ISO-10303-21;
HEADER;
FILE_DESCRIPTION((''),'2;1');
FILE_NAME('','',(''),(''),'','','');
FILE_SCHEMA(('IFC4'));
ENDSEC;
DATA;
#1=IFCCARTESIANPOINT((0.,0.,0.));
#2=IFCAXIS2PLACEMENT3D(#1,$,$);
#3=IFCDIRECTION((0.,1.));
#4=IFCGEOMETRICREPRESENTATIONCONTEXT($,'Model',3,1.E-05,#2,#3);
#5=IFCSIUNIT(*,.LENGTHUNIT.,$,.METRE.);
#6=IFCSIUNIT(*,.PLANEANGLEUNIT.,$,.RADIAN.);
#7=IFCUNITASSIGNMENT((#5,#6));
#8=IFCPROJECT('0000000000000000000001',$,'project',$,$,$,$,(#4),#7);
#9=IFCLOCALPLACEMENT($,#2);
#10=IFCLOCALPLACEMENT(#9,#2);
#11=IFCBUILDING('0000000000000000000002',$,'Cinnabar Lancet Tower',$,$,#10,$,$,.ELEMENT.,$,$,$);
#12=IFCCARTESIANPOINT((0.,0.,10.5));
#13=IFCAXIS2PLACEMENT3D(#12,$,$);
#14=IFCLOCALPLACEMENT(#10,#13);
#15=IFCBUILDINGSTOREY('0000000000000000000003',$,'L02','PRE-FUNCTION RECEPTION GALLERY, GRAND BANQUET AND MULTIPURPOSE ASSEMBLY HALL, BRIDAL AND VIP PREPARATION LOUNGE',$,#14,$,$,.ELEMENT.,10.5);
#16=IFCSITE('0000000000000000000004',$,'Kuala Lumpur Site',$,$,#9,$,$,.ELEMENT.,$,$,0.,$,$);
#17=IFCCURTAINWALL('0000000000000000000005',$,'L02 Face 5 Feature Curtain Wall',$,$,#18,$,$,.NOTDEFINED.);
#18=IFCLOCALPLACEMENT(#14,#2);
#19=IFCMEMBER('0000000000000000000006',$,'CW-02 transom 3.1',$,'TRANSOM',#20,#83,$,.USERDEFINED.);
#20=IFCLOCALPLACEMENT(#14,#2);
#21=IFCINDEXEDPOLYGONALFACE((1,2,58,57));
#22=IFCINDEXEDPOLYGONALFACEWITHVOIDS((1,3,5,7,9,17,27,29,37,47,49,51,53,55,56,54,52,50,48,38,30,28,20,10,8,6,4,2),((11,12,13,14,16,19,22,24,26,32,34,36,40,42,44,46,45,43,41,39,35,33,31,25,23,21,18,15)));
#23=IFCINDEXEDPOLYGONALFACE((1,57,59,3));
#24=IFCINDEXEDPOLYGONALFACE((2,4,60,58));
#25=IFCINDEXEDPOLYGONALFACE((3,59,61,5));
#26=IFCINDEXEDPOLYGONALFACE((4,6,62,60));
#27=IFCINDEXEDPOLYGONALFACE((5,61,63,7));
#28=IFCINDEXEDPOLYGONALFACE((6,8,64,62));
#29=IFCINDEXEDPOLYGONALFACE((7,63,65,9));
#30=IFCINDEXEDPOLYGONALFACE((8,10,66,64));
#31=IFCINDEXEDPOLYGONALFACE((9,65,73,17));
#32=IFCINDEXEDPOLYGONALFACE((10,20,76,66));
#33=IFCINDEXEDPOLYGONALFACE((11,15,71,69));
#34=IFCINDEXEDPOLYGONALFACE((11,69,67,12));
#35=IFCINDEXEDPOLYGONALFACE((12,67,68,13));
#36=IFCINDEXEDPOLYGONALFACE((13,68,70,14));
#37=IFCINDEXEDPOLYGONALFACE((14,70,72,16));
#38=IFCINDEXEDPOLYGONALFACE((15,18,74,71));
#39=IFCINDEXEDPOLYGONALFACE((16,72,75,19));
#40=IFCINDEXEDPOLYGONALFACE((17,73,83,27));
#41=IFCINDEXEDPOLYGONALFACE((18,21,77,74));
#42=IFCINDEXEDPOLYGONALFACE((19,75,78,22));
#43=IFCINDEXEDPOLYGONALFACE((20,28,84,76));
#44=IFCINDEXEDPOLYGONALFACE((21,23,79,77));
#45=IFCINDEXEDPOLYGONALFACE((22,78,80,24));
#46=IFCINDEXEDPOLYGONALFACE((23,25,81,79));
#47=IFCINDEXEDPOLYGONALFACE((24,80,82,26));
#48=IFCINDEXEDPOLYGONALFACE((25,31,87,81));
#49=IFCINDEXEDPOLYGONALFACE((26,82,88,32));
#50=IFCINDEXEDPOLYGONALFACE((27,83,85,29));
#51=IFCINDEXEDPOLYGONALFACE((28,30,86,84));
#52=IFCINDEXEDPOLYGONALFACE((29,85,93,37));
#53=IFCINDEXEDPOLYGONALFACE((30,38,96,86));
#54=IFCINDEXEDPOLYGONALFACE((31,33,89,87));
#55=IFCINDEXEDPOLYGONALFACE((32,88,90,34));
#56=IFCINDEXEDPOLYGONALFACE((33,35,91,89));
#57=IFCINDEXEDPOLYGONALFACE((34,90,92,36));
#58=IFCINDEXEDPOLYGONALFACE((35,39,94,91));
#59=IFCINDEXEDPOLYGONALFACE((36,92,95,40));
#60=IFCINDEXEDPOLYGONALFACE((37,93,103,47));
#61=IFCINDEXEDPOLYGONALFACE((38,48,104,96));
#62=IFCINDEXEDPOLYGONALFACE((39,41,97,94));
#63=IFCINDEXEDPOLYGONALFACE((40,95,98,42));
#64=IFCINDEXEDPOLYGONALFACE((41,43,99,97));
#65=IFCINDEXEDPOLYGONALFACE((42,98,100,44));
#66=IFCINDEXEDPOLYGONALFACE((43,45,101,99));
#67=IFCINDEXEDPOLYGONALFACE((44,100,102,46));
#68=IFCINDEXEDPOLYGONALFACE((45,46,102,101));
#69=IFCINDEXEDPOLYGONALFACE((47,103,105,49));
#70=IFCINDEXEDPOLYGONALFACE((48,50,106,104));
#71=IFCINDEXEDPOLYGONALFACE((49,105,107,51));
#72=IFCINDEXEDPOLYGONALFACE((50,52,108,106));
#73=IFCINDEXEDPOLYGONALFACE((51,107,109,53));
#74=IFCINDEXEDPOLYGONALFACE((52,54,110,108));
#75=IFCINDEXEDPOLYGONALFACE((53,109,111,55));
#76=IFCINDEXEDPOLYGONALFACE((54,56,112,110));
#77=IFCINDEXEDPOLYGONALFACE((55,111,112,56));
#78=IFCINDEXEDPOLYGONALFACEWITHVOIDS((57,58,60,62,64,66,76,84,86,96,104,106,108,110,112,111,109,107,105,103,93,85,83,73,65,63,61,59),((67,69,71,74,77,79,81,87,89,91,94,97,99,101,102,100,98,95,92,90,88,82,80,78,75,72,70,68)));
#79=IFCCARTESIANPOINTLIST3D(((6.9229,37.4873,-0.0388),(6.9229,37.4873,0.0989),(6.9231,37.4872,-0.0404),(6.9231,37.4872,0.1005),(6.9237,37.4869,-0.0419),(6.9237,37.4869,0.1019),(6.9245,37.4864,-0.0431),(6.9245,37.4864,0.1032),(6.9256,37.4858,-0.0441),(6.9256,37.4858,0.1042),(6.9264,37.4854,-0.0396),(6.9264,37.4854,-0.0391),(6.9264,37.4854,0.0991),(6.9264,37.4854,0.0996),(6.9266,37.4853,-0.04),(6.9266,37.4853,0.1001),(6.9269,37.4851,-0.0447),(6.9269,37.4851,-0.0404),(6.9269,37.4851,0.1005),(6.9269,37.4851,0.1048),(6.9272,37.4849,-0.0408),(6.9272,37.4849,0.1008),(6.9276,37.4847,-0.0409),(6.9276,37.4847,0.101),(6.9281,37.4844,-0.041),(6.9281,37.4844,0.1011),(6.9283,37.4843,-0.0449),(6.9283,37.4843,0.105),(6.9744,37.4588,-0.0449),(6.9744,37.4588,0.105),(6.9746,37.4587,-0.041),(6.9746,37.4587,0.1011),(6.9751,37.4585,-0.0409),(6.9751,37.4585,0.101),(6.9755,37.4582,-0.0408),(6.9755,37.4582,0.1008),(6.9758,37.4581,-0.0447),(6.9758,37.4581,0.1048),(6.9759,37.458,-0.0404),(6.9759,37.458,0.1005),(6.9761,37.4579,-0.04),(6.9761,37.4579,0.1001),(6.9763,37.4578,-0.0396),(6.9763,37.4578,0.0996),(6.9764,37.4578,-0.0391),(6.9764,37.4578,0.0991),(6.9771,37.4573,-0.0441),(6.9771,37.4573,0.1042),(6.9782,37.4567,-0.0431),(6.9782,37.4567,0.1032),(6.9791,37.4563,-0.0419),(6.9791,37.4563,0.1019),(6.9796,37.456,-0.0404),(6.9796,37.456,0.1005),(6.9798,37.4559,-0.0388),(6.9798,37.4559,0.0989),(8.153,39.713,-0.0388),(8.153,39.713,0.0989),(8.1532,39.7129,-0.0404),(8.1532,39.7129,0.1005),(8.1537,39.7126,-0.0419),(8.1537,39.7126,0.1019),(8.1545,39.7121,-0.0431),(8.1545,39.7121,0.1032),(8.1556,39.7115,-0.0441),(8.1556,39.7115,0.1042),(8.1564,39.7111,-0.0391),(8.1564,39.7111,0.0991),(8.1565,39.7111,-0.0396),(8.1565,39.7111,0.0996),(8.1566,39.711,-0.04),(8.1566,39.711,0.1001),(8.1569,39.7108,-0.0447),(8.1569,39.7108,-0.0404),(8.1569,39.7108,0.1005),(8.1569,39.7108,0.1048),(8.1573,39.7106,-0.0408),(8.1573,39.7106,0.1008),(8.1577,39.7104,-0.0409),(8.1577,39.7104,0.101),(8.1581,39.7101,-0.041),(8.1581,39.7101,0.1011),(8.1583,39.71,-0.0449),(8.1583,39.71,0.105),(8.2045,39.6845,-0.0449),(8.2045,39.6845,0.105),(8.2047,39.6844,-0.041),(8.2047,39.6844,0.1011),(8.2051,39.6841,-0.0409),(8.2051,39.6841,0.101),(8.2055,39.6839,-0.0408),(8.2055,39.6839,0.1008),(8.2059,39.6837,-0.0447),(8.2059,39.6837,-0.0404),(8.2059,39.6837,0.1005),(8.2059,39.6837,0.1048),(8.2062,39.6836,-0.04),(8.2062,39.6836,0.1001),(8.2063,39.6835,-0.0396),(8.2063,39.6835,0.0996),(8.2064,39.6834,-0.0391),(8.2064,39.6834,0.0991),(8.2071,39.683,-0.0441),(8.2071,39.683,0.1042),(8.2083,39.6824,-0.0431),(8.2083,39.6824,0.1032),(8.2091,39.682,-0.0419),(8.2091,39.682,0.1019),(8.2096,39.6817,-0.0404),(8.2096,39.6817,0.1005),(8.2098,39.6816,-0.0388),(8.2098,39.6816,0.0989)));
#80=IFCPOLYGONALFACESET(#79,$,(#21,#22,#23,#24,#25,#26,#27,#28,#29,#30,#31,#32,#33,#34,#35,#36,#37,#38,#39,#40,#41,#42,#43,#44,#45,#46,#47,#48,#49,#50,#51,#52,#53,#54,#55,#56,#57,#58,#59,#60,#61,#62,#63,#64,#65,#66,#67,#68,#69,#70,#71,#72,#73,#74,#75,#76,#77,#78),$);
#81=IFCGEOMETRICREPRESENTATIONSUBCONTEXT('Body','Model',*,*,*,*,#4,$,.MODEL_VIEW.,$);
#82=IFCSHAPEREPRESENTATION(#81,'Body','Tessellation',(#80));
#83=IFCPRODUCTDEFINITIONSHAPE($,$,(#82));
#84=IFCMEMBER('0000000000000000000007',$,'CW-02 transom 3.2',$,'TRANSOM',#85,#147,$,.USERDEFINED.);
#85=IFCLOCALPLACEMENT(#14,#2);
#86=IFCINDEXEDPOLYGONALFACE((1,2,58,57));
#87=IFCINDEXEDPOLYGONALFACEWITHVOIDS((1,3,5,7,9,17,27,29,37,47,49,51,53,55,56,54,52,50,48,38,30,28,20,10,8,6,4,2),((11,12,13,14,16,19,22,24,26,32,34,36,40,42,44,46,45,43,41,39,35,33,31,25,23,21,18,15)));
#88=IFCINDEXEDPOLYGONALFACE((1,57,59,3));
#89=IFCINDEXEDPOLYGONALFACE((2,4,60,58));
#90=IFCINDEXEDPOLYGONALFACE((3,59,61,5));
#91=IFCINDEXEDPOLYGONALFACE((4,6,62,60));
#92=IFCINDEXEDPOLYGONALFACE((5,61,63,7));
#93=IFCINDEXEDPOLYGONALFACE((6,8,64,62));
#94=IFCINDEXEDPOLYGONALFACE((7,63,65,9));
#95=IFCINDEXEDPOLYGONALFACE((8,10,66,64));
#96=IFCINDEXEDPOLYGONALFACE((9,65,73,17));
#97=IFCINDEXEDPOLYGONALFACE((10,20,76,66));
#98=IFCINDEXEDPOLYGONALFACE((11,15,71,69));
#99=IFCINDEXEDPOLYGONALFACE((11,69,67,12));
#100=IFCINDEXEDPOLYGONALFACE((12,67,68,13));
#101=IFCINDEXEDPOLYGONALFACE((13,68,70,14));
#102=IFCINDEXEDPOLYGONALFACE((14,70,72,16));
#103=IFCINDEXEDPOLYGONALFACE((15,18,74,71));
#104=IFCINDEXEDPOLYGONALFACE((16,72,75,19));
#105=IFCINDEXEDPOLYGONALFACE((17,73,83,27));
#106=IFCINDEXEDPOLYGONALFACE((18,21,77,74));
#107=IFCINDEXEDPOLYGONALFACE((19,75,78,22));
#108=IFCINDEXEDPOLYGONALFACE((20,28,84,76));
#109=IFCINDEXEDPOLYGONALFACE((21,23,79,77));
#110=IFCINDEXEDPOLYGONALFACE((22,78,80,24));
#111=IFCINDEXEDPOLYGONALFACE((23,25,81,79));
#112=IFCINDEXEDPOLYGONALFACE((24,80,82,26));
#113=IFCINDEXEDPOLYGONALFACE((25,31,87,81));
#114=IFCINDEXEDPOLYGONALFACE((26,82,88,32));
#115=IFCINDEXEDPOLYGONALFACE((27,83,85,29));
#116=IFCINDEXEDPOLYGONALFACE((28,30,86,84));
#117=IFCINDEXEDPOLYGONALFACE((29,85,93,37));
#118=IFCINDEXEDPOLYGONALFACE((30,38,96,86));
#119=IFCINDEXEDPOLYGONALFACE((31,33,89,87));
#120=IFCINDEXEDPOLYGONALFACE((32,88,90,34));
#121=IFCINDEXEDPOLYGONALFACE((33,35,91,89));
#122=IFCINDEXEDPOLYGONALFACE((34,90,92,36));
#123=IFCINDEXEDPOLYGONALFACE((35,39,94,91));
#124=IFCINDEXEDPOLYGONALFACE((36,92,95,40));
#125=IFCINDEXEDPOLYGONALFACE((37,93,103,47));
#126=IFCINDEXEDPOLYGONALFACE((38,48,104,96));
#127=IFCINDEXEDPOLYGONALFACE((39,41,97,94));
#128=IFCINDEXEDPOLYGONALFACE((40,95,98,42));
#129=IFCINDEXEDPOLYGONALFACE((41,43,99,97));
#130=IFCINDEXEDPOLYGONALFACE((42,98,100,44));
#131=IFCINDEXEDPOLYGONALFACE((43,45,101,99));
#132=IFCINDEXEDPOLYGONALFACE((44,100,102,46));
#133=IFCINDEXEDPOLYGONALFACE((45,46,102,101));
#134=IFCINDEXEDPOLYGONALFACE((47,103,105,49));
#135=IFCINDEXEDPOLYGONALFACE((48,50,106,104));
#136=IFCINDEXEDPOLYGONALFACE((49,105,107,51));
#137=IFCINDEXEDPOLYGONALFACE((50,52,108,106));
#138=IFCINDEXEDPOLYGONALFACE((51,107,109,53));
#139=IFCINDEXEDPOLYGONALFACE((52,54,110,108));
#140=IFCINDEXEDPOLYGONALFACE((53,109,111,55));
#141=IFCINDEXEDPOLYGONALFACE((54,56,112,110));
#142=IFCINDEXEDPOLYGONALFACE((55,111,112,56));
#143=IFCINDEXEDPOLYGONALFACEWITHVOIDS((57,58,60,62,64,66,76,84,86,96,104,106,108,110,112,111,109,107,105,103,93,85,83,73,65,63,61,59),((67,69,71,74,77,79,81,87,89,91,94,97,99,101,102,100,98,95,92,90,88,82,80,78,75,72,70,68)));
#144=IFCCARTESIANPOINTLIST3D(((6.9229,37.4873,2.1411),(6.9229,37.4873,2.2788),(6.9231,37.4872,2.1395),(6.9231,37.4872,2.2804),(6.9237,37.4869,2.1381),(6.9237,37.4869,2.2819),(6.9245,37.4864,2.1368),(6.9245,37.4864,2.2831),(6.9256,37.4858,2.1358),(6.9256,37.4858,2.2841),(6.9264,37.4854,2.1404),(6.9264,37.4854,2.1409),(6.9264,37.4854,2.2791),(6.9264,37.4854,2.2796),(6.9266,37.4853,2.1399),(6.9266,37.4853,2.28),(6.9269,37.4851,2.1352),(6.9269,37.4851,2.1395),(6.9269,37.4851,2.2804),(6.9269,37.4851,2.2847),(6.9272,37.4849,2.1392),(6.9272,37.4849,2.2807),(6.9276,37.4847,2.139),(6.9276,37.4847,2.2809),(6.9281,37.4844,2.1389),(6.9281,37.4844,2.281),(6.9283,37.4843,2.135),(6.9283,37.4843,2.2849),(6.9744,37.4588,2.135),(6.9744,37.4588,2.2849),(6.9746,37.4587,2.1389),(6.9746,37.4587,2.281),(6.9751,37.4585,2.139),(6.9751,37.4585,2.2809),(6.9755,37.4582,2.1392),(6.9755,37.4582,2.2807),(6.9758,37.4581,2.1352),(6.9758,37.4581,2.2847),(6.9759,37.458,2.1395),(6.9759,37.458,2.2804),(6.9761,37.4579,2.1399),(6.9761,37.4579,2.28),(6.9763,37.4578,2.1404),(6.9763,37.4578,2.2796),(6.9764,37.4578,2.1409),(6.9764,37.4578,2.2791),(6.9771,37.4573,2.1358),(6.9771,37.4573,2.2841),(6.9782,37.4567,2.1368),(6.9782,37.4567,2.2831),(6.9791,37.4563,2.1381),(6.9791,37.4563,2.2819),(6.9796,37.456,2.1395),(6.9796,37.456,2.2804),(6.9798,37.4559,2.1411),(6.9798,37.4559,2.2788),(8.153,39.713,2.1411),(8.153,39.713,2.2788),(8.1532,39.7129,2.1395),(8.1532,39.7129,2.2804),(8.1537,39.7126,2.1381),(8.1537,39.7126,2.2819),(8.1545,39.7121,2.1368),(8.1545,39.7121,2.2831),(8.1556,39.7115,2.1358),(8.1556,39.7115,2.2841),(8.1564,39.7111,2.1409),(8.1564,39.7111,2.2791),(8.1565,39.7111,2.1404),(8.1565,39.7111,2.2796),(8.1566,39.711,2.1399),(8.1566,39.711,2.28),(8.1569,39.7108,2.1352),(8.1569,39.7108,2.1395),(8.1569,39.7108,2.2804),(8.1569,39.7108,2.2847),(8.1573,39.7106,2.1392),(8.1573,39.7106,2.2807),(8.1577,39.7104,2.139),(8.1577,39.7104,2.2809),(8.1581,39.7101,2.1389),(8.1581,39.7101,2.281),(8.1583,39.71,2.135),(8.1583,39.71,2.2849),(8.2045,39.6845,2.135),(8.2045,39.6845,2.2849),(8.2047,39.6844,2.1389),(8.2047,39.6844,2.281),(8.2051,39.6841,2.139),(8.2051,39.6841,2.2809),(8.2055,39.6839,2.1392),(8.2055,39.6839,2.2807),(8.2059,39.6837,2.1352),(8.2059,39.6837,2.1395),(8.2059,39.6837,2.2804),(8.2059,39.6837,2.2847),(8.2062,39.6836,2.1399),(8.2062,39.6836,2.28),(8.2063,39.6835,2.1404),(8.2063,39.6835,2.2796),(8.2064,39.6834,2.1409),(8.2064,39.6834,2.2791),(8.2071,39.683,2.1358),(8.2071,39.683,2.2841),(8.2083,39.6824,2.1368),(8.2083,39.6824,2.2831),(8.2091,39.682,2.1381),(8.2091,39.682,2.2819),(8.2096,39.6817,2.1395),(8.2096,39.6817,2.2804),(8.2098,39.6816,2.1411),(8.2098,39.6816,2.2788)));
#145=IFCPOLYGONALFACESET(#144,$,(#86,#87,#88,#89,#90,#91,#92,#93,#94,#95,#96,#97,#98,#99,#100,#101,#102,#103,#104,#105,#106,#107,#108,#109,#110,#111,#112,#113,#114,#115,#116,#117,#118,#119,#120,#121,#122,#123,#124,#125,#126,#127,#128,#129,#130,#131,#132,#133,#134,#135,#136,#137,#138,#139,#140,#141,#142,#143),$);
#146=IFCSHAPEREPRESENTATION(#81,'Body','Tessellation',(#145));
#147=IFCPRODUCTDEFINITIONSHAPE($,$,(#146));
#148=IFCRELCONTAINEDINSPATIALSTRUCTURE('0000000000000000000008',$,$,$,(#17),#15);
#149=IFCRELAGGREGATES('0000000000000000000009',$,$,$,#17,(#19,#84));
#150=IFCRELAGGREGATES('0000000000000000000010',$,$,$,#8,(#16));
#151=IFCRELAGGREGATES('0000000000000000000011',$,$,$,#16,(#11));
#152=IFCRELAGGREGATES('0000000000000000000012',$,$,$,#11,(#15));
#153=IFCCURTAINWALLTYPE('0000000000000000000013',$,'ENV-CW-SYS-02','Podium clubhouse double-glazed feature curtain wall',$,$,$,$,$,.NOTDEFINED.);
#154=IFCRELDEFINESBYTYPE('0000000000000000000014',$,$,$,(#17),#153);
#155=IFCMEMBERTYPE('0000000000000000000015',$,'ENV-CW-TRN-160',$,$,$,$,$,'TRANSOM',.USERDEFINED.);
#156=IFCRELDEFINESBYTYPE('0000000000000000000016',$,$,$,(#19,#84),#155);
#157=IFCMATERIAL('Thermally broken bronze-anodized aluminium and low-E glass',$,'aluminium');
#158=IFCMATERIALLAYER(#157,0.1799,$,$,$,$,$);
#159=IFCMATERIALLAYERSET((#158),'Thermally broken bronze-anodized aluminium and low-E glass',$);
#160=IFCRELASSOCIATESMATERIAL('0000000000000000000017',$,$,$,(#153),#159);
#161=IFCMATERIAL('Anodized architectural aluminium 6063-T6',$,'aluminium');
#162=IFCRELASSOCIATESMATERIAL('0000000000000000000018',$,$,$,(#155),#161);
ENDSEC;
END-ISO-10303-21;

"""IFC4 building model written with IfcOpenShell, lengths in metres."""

from ifc_helpers import new_model, si_unit, direction, frame, origin, origin_2d, place, context, subcontext, project, spatial, hollow_rectangle, extrude, material, layer, layer_set, material_profile, profile_set, type_object, element, aggregate, save


model = new_model("IFC4")

# Units and contexts
model_context = context("Model", 3, precision=1e-05, world=origin(), true_north=direction((0.0, 1.0)))
body_context = subcontext(model_context, "Body", "Model", "MODEL_VIEW")
ifc_project = project(units=[si_unit("LENGTHUNIT", "METRE"), si_unit("PLANEANGLEUNIT", "RADIAN")], contexts=[model_context])

# Site, building, storey
site_placement = place(None, origin())
site = spatial("IfcSite", under=ifc_project, at=site_placement, Name="Kuala Lumpur Site", CompositionType="ELEMENT", RefElevation=0.0)
building_placement = place(site_placement, origin())
building = spatial("IfcBuilding", under=site, at=building_placement, Name="Cinnabar Lancet Tower", CompositionType="ELEMENT")
storey_placement = place(building_placement, frame((0.0, 0.0, 10.5)))
storey = spatial("IfcBuildingStorey", under=building, at=storey_placement, Name="L02", Description="PRE-FUNCTION RECEPTION GALLERY, GRAND BANQUET AND MULTIPURPOSE ASSEMBLY HALL, BRIDAL AND VIP PREPARATION LOUNGE", CompositionType="ELEMENT", Elevation=10.5)

# Curtain wall, members
ifc_material_1 = material(Name="Thermally broken bronze-anodized aluminium and low-E glass", Category="aluminium")
ifc_layer_1 = layer(ifc_material_1, 0.1799)
ifc_layer_set_1 = layer_set([ifc_layer_1], Name="Thermally broken bronze-anodized aluminium and low-E glass")
curtain_wall_type = type_object("IfcCurtainWallType", Name="ENV-CW-SYS-02", Description="Podium clubhouse double-glazed feature curtain wall", PredefinedType="NOTDEFINED", material=ifc_layer_set_1)
curtain_wall_placement = place(storey_placement, origin())
curtain_wall = element("IfcCurtainWall", 1, at=curtain_wall_placement, inside=storey, type_object=curtain_wall_type, Name="L02 Face 5 Feature Curtain Wall", PredefinedType="NOTDEFINED")
ifc_material_2 = material(Name="Anodized architectural aluminium 6063-T6", Category="aluminium")
ifc_material_profile_1 = material_profile(ifc_material_2, hollow_rectangle(XDim=0.0649, YDim=0.1499, WallThickness=0.0039, InnerFilletRadius=0.002, OuterFilletRadius=0.0061, at=origin_2d()), Name="CW-TRN 150x65x4")
ifc_profile_set_1 = profile_set([ifc_material_profile_1], Name="Anodized architectural aluminium 6063-T6")
member_type_1 = type_object("IfcMemberType", Name="ENV-CW-TRN-160", ElementType="TRANSOM", PredefinedType="USERDEFINED", material=ifc_profile_set_1)
member_1_placement = place(storey_placement, frame((8.1814, 39.6973, 0.03), z_axis=(-0.483702, -0.875233, 0.0), x_axis=(0.875233, -0.483702, 0.0)))
member_1 = element("IfcMember", 2, at=member_1_placement, type_object=member_type_1, Name="CW-02 transom 3.1", ObjectType="TRANSOM", PredefinedType="USERDEFINED", context=body_context, shape_type="SweptSolid", body=[
    extrude(hollow_rectangle(XDim=0.0649, YDim=0.1499, WallThickness=0.0039, InnerFilletRadius=0.002, OuterFilletRadius=0.0061, at=origin_2d()), origin(), (0.0, 0.0, 1.0), 2.543),
])
member_2_placement = place(storey_placement, frame((8.1814, 39.6973, 2.21), z_axis=(-0.483702, -0.875233, 0.0), x_axis=(0.875233, -0.483702, 0.0)))
member_2 = element("IfcMember", 3, at=member_2_placement, type_object=member_type_1, Name="CW-02 transom 3.2", ObjectType="TRANSOM", PredefinedType="USERDEFINED", context=body_context, shape_type="SweptSolid", body=[
    extrude(hollow_rectangle(XDim=0.0649, YDim=0.1499, WallThickness=0.0039, InnerFilletRadius=0.002, OuterFilletRadius=0.0061, at=origin_2d()), origin(), (0.0, 0.0, 1.0), 2.543),
])

aggregate(curtain_wall, [member_1, member_2])

save(model, "model.ifc")
